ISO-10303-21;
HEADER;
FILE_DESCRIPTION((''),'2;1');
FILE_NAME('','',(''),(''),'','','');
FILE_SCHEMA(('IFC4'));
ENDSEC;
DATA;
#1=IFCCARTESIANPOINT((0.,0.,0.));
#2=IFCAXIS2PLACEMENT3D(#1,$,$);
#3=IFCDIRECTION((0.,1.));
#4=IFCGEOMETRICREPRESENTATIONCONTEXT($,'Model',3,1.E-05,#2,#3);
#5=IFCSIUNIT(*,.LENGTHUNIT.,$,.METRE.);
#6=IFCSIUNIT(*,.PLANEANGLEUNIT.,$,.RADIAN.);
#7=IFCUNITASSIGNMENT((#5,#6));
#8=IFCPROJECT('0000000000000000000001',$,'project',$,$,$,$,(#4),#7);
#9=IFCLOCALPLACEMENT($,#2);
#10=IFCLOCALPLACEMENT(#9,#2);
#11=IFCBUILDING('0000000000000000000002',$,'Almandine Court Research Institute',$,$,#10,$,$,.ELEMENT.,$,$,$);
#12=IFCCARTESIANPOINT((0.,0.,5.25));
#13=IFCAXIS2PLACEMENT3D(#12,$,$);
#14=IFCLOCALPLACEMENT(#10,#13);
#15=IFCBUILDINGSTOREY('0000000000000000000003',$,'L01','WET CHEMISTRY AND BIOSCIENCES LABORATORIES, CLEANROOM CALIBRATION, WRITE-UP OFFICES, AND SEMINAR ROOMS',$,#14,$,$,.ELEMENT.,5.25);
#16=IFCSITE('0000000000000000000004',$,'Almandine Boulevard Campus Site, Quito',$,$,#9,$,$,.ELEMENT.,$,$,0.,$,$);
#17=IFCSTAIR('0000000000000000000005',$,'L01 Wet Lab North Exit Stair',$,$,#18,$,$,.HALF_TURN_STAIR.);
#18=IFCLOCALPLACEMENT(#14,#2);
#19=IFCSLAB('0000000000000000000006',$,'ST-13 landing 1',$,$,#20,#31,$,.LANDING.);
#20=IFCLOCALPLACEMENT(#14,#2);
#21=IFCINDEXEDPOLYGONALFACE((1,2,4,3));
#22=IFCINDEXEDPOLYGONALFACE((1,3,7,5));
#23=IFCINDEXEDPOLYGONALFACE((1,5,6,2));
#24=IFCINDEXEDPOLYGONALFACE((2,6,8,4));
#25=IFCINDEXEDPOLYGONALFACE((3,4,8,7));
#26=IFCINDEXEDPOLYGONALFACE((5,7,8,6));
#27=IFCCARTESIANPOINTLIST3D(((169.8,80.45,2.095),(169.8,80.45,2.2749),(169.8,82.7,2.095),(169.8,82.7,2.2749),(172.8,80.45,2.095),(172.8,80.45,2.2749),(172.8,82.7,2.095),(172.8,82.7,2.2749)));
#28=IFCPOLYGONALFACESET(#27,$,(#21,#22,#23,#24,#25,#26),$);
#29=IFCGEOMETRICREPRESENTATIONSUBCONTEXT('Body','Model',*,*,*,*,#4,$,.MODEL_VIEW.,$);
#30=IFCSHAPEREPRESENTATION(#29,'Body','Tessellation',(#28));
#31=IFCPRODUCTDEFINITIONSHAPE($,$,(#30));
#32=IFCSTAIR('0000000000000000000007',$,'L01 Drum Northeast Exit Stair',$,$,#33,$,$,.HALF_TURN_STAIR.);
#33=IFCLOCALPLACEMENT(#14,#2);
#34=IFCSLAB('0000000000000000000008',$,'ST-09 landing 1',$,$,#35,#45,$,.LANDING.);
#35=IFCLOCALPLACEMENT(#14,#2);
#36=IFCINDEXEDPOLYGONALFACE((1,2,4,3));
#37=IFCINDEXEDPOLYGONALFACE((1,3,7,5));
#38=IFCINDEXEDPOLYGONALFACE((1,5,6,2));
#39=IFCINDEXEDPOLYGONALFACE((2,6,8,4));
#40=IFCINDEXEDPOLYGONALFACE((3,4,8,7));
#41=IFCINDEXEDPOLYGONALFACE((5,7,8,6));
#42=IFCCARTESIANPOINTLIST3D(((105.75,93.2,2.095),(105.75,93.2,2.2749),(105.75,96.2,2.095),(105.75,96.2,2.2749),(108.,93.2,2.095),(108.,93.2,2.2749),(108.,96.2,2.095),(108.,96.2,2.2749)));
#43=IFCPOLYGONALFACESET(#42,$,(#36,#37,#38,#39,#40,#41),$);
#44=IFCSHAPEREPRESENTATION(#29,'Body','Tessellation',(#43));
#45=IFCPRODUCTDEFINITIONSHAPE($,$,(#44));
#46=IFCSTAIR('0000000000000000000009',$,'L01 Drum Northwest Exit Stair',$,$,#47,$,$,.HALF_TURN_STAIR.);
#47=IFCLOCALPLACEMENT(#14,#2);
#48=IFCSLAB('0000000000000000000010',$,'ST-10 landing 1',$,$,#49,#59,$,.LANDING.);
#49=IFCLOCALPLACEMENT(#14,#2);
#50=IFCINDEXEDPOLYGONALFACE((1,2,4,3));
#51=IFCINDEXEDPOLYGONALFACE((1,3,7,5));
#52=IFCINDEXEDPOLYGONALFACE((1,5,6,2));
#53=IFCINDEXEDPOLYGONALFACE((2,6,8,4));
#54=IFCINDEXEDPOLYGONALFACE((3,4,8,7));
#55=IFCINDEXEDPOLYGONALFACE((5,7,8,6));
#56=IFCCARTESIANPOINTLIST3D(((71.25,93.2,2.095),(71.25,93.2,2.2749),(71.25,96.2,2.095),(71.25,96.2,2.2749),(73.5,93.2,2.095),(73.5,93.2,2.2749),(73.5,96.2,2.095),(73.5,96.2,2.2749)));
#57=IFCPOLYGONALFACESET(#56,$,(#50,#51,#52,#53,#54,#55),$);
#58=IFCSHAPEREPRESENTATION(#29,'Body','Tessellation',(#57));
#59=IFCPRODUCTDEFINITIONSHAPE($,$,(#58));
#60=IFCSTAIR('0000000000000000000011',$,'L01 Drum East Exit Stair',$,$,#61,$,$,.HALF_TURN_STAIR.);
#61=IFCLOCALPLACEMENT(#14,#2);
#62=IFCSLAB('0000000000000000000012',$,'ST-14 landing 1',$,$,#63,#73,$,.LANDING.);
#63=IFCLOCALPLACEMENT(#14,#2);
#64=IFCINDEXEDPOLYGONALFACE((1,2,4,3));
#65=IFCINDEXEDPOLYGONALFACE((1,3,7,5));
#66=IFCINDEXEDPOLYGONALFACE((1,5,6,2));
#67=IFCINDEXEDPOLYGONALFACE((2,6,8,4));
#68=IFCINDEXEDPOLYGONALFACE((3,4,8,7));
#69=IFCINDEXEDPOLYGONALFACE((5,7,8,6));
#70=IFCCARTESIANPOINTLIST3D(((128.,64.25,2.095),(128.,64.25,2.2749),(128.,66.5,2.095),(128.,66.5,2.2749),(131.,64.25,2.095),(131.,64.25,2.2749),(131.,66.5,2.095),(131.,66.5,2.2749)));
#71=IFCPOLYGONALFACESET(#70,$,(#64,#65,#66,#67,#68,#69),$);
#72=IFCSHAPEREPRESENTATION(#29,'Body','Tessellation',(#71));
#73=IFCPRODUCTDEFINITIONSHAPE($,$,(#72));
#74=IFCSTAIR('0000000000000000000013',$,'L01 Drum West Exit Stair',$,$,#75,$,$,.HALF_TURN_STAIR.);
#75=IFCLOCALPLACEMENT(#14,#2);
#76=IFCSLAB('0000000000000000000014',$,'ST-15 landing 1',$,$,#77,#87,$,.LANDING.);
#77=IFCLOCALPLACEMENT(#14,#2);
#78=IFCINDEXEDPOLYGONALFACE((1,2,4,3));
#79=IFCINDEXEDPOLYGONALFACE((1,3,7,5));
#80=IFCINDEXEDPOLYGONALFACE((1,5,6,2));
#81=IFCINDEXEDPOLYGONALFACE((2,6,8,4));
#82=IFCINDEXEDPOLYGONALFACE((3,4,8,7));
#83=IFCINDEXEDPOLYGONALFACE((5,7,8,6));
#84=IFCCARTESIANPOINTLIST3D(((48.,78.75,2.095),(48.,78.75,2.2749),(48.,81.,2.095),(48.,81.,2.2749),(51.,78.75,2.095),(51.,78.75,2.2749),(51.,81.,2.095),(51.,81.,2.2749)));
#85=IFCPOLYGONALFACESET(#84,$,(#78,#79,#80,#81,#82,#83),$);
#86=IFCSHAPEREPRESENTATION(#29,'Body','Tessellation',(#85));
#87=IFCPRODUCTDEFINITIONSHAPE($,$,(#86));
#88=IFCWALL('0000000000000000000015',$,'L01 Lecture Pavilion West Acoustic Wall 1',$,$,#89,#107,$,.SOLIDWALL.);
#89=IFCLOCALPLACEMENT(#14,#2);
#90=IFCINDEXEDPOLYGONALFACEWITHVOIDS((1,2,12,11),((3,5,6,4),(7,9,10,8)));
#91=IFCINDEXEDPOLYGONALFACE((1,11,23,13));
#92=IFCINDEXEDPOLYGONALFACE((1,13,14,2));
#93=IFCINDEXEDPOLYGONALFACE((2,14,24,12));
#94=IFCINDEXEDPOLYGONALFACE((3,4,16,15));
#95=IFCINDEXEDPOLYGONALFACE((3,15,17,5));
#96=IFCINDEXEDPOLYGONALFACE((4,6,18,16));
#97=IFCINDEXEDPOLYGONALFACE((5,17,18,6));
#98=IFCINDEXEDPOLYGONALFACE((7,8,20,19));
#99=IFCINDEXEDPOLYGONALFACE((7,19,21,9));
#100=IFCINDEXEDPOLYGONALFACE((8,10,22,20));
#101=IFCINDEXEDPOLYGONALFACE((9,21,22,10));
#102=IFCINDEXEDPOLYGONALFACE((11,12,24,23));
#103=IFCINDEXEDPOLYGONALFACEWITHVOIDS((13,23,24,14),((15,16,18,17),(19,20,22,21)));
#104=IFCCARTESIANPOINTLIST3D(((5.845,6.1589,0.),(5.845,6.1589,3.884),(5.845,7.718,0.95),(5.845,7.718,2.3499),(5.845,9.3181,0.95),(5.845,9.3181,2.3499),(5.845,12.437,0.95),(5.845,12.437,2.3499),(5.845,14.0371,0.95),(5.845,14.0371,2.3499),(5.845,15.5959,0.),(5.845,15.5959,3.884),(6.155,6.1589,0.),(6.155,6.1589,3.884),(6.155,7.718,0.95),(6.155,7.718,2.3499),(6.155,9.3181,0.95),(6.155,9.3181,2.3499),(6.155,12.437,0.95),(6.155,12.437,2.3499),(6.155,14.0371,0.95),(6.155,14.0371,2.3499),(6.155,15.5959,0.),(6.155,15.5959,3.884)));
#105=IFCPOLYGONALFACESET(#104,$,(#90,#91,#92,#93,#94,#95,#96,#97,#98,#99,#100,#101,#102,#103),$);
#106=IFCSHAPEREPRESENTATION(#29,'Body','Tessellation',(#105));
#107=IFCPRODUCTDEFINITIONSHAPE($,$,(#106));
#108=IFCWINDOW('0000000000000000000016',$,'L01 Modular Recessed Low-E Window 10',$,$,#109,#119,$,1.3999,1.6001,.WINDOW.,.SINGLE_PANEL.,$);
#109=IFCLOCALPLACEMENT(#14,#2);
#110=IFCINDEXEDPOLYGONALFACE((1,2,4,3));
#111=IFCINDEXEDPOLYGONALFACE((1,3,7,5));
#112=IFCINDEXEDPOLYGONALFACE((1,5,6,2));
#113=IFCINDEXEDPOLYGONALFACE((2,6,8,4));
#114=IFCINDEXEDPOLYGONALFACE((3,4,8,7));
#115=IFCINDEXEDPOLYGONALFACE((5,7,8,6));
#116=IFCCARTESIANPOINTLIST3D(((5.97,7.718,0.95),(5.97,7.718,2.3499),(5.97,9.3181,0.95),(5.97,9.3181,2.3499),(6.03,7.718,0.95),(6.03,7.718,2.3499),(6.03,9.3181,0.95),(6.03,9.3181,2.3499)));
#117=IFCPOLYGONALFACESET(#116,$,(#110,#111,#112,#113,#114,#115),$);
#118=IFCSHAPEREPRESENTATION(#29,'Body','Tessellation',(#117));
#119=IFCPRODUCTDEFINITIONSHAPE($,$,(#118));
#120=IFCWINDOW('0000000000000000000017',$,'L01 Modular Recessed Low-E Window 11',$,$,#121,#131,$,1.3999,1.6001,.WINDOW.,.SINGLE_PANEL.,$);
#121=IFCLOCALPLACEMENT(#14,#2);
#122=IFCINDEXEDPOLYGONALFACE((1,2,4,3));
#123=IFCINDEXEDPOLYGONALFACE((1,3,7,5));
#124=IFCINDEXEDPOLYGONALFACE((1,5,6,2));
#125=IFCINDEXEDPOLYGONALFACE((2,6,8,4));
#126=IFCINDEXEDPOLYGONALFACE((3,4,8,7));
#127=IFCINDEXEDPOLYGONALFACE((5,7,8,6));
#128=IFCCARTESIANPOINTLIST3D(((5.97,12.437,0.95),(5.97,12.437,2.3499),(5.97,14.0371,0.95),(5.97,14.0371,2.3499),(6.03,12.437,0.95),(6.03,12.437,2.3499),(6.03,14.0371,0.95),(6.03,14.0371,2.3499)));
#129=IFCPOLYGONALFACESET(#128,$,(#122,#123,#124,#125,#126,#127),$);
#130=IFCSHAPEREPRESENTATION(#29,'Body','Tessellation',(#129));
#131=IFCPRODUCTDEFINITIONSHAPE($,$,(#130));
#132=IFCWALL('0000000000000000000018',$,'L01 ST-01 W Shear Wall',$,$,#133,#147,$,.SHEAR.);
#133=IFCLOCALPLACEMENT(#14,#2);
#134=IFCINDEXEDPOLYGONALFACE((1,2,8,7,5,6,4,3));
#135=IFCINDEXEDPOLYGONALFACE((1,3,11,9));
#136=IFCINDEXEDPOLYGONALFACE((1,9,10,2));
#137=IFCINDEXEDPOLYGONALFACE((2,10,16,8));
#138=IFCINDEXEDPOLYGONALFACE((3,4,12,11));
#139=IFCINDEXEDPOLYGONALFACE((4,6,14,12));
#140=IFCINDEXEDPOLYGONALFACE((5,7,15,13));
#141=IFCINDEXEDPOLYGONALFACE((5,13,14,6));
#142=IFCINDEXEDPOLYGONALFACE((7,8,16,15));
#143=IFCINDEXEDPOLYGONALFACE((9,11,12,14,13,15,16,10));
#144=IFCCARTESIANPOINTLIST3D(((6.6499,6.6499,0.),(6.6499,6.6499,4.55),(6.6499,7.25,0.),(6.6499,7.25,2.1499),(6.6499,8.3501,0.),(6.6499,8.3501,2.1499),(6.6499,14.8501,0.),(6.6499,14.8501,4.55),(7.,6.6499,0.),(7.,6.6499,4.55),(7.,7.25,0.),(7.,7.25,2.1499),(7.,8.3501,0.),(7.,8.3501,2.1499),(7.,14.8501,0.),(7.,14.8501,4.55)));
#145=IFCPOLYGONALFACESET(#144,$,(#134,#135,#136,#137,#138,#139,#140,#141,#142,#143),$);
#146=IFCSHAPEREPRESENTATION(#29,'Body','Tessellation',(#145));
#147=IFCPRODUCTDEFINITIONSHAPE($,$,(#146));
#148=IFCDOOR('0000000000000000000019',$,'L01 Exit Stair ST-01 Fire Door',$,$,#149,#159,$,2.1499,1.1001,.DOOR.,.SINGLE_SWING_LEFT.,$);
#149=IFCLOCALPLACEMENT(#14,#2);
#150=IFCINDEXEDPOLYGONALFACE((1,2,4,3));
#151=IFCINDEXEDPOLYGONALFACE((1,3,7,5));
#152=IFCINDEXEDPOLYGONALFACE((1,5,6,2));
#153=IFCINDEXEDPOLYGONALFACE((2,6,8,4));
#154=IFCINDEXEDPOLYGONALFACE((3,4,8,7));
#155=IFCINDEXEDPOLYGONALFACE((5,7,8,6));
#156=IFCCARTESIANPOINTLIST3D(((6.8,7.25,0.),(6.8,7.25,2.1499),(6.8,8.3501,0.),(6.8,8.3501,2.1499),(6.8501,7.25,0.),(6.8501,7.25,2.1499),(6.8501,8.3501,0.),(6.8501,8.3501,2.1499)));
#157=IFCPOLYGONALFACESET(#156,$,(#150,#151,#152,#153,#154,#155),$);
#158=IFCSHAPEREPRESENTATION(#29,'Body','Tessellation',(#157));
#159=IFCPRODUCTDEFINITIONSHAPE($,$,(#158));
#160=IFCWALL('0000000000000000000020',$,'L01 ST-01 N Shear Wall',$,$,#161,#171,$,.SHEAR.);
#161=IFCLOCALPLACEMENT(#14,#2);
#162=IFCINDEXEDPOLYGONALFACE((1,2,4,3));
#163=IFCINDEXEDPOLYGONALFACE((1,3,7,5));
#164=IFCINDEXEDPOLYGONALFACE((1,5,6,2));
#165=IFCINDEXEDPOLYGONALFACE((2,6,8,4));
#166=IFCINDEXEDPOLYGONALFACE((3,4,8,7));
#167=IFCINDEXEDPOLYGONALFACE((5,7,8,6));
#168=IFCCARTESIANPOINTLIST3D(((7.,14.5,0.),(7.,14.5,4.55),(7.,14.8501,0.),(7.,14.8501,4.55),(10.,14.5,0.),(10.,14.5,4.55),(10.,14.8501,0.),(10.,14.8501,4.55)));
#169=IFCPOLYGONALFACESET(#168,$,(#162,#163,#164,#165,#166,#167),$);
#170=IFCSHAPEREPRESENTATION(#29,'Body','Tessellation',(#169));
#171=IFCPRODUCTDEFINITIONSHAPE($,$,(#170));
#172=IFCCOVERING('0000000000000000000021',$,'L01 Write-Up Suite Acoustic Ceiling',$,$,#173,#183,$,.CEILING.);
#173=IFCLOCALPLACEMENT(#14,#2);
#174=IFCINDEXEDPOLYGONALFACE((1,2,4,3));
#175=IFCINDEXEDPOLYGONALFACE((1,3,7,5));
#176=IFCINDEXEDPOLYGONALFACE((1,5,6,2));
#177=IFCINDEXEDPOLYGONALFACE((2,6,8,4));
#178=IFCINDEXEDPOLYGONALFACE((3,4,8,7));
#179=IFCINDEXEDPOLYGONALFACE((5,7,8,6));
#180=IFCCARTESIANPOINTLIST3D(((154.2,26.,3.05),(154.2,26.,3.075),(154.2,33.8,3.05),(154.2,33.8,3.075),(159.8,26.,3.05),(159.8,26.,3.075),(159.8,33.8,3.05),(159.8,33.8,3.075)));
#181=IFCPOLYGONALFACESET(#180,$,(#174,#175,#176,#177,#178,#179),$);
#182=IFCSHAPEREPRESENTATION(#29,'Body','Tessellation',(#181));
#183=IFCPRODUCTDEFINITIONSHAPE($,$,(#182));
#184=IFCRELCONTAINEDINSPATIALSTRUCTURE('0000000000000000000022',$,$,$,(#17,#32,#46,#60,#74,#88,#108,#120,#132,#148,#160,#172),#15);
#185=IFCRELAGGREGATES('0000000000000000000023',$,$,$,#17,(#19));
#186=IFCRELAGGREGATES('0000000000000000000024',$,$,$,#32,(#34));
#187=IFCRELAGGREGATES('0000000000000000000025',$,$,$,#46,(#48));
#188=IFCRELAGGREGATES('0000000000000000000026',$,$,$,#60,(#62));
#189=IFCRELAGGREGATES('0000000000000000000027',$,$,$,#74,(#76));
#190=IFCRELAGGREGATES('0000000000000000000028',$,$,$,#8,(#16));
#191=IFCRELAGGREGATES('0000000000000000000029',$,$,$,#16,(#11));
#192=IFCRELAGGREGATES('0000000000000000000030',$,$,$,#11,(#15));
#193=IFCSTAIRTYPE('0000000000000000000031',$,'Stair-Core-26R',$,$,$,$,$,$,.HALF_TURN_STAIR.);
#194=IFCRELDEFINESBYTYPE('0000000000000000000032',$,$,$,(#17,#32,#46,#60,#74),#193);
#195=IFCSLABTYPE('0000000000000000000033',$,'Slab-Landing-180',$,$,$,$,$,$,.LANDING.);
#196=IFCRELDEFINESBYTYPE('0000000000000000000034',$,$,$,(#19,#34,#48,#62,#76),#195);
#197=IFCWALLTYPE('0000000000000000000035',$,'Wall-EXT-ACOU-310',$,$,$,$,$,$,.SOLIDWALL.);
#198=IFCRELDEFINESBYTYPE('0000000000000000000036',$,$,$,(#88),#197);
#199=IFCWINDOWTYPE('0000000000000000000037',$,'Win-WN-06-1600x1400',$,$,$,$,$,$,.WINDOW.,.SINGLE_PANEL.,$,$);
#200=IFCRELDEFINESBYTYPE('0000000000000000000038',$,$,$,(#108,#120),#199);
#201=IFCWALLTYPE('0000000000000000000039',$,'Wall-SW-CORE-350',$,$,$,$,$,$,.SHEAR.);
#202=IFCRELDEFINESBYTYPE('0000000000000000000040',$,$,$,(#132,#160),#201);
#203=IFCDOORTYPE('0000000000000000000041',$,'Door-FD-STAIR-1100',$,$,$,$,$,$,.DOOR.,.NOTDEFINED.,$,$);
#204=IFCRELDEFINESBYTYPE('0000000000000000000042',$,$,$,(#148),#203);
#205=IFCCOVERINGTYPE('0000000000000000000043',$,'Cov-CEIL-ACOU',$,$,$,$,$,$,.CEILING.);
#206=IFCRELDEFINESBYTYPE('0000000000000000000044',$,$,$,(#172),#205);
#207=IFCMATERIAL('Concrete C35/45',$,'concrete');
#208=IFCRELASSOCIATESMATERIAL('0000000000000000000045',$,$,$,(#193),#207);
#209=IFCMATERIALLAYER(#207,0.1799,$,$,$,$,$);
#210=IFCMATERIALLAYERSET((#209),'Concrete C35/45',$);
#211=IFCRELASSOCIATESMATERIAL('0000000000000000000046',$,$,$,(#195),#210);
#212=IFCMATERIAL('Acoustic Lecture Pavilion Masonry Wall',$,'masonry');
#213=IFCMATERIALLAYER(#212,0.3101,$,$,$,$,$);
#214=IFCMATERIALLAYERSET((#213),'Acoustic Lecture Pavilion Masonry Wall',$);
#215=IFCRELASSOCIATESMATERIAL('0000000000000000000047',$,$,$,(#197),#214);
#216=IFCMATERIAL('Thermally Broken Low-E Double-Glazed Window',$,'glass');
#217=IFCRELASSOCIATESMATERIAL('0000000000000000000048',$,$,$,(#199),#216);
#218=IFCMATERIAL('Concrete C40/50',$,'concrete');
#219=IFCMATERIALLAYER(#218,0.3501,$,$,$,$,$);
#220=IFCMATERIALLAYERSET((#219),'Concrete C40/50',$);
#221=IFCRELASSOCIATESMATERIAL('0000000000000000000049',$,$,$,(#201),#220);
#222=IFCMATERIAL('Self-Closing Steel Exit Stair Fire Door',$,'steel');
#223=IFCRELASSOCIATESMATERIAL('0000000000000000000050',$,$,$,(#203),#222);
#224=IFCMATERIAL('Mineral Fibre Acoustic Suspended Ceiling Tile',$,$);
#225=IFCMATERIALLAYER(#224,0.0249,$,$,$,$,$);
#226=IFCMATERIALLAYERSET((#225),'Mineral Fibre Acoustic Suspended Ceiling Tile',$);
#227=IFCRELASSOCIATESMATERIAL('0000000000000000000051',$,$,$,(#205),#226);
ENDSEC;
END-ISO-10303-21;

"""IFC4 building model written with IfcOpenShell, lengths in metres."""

from ifc_helpers import new_model, si_unit, direction, frame, frame_2d, origin, place, context, subcontext, project, spatial, polyline, rectangle, outline, extrude, material, layer, layer_set, type_object, element, fill, aggregate, save


model = new_model("IFC4")

# Units and contexts
model_context = context("Model", 3, precision=1e-05, world=origin(), true_north=direction((0.0, 1.0)))
body_context = subcontext(model_context, "Body", "Model", "MODEL_VIEW")
ifc_project = project(units=[si_unit("LENGTHUNIT", "METRE"), si_unit("PLANEANGLEUNIT", "RADIAN")], contexts=[model_context])

# Site, building, storey
site_placement = place(None, origin())
site = spatial("IfcSite", under=ifc_project, at=site_placement, Name="Almandine Boulevard Campus Site, Quito", CompositionType="ELEMENT", RefElevation=0.0)
building_placement = place(site_placement, origin())
building = spatial("IfcBuilding", under=site, at=building_placement, Name="Almandine Court Research Institute", CompositionType="ELEMENT")
storey_placement = place(building_placement, frame((0.0, 0.0, 5.25)))
storey = spatial("IfcBuildingStorey", under=building, at=storey_placement, Name="L01", Description="WET CHEMISTRY AND BIOSCIENCES LABORATORIES, CLEANROOM CALIBRATION, WRITE-UP OFFICES, AND SEMINAR ROOMS", CompositionType="ELEMENT", Elevation=5.25)

# Stairs, slabs
ifc_material_1 = material(Name="Concrete C35/45", Category="concrete")
stair_type = type_object("IfcStairType", Name="Stair-Core-26R", PredefinedType="HALF_TURN_STAIR", material=ifc_material_1)
ifc_layer_1 = layer(ifc_material_1, 0.1799)
ifc_layer_set_1 = layer_set([ifc_layer_1], Name="Concrete C35/45")
slab_type = type_object("IfcSlabType", Name="Slab-Landing-180", PredefinedType="LANDING", material=ifc_layer_set_1)
stair_1_placement = place(storey_placement, origin())
stair_1 = element("IfcStair", 1, at=stair_1_placement, inside=storey, type_object=stair_type, Name="L01 Wet Lab North Exit Stair", PredefinedType="HALF_TURN_STAIR")
slab_1_placement = place(storey_placement, frame((0.0, 0.0, 2.095)))
slab_1 = element("IfcSlab", 2, at=slab_1_placement, type_object=slab_type, Name="ST-13 landing 1", PredefinedType="LANDING", context=body_context, shape_type="SweptSolid", body=[
    extrude(outline(polyline([(172.8, 80.45), (172.8, 82.7), (169.8, 82.7), (169.8, 80.45), (172.8, 80.45)])), origin(), (0.0, 0.0, 1.0), 0.1799),
])
aggregate(stair_1, [slab_1])
stair_2_placement = place(storey_placement, origin())
stair_2 = element("IfcStair", 3, at=stair_2_placement, inside=storey, type_object=stair_type, Name="L01 Drum Northeast Exit Stair", PredefinedType="HALF_TURN_STAIR")
slab_2_placement = place(storey_placement, frame((0.0, 0.0, 2.095)))
slab_2 = element("IfcSlab", 4, at=slab_2_placement, type_object=slab_type, Name="ST-09 landing 1", PredefinedType="LANDING", context=body_context, shape_type="SweptSolid", body=[
    extrude(outline(polyline([(105.75, 93.2), (108.0, 93.2), (108.0, 96.2), (105.75, 96.2), (105.75, 93.2)])), origin(), (0.0, 0.0, 1.0), 0.1799),
])
aggregate(stair_2, [slab_2])
stair_3_placement = place(storey_placement, origin())
stair_3 = element("IfcStair", 5, at=stair_3_placement, inside=storey, type_object=stair_type, Name="L01 Drum Northwest Exit Stair", PredefinedType="HALF_TURN_STAIR")
slab_3_placement = place(storey_placement, frame((0.0, 0.0, 2.095)))
slab_3 = element("IfcSlab", 6, at=slab_3_placement, type_object=slab_type, Name="ST-10 landing 1", PredefinedType="LANDING", context=body_context, shape_type="SweptSolid", body=[
    extrude(outline(polyline([(71.25, 93.2), (73.5, 93.2), (73.5, 96.2), (71.25, 96.2), (71.25, 93.2)])), origin(), (0.0, 0.0, 1.0), 0.1799),
])
aggregate(stair_3, [slab_3])
stair_4_placement = place(storey_placement, origin())
stair_4 = element("IfcStair", 7, at=stair_4_placement, inside=storey, type_object=stair_type, Name="L01 Drum East Exit Stair", PredefinedType="HALF_TURN_STAIR")
slab_4_placement = place(storey_placement, frame((0.0, 0.0, 2.095)))
slab_4 = element("IfcSlab", 8, at=slab_4_placement, type_object=slab_type, Name="ST-14 landing 1", PredefinedType="LANDING", context=body_context, shape_type="SweptSolid", body=[
    extrude(outline(polyline([(131.0, 64.25), (131.0, 66.5), (128.0, 66.5), (128.0, 64.25), (131.0, 64.25)])), origin(), (0.0, 0.0, 1.0), 0.1799),
])
aggregate(stair_4, [slab_4])
stair_5_placement = place(storey_placement, origin())
stair_5 = element("IfcStair", 9, at=stair_5_placement, inside=storey, type_object=stair_type, Name="L01 Drum West Exit Stair", PredefinedType="HALF_TURN_STAIR")
slab_5_placement = place(storey_placement, frame((0.0, 0.0, 2.095)))
slab_5 = element("IfcSlab", 10, at=slab_5_placement, type_object=slab_type, Name="ST-15 landing 1", PredefinedType="LANDING", context=body_context, shape_type="SweptSolid", body=[
    extrude(outline(polyline([(51.0, 78.75), (51.0, 81.0), (48.0, 81.0), (48.0, 78.75), (51.0, 78.75)])), origin(), (0.0, 0.0, 1.0), 0.1799),
])
aggregate(stair_5, [slab_5])

# Wall, openings, windows
ifc_material_2 = material(Name="Acoustic Lecture Pavilion Masonry Wall", Category="masonry")
ifc_layer_2 = layer(ifc_material_2, 0.3101)
ifc_layer_set_2 = layer_set([ifc_layer_2], Name="Acoustic Lecture Pavilion Masonry Wall")
wall_type_1 = type_object("IfcWallType", Name="Wall-EXT-ACOU-310", PredefinedType="SOLIDWALL", material=ifc_layer_set_2)
wall_1_placement = place(storey_placement, frame((6.0, 6.1589, 0.0), z_axis=(0.0, 0.0, 1.0), x_axis=(0.0, 1.0, 0.0)))
wall_1 = element("IfcWall", 11, at=wall_1_placement, inside=storey, type_object=wall_type_1, Name="L01 Lecture Pavilion West Acoustic Wall 1", PredefinedType="SOLIDWALL", context=body_context, shape_type="SweptSolid", body=[
    extrude(rectangle(XDim=9.437, YDim=0.3101, at=frame_2d((4.7185, 0.0))), origin(), (0.0, 0.0, 1.0), 3.884),
])
opening_1_placement = place(wall_1_placement, frame((1.5591, 0.0, 0.95)))
opening_1 = element("IfcOpeningElement", 12, at=opening_1_placement, cuts=wall_1, PredefinedType="OPENING", context=body_context, shape_type="SweptSolid", body=[
    extrude(rectangle(XDim=1.6001, YDim=1.3999, at=frame_2d((0.8, 0.7))), frame((0.0, 0.165, 0.0), z_axis=(0.0, -1.0, 0.0), x_axis=(1.0, 0.0, 0.0)), (0.0, 0.0, 1.0), 0.3301),
])
opening_2_placement = place(wall_1_placement, frame((6.2781, 0.0, 0.95)))
opening_2 = element("IfcOpeningElement", 13, at=opening_2_placement, cuts=wall_1, PredefinedType="OPENING", context=body_context, shape_type="SweptSolid", body=[
    extrude(rectangle(XDim=1.6001, YDim=1.3999, at=frame_2d((0.8, 0.7))), frame((0.0, 0.165, 0.0), z_axis=(0.0, -1.0, 0.0), x_axis=(1.0, 0.0, 0.0)), (0.0, 0.0, 1.0), 0.3301),
])
ifc_material_3 = material(Name="Thermally Broken Low-E Double-Glazed Window", Category="glass")
window_type = type_object("IfcWindowType", Name="Win-WN-06-1600x1400", PartitioningType="SINGLE_PANEL", PredefinedType="WINDOW", material=ifc_material_3)
window_1_placement = place(opening_1_placement, origin())
window_1 = element("IfcWindow", 14, at=window_1_placement, inside=storey, type_object=window_type, Name="L01 Modular Recessed Low-E Window 10", OverallHeight=1.3999, OverallWidth=1.6001, PartitioningType="SINGLE_PANEL", PredefinedType="WINDOW", context=body_context, shape_type="SweptSolid", body=[
    extrude(rectangle(XDim=1.6001, YDim=1.3999, at=frame_2d((0.8, 0.7))), frame((0.0, 0.03, 0.0), z_axis=(0.0, -1.0, 0.0), x_axis=(1.0, 0.0, 0.0)), (0.0, 0.0, 1.0), 0.0601),
])
fill(opening_1, window_1)
window_2_placement = place(opening_2_placement, origin())
window_2 = element("IfcWindow", 15, at=window_2_placement, inside=storey, type_object=window_type, Name="L01 Modular Recessed Low-E Window 11", OverallHeight=1.3999, OverallWidth=1.6001, PartitioningType="SINGLE_PANEL", PredefinedType="WINDOW", context=body_context, shape_type="SweptSolid", body=[
    extrude(rectangle(XDim=1.6001, YDim=1.3999, at=frame_2d((0.8, 0.7))), frame((0.0, 0.03, 0.0), z_axis=(0.0, -1.0, 0.0), x_axis=(1.0, 0.0, 0.0)), (0.0, 0.0, 1.0), 0.0601),
])
fill(opening_2, window_2)

# Wall, opening, door
ifc_material_4 = material(Name="Concrete C40/50", Category="concrete")
ifc_layer_3 = layer(ifc_material_4, 0.3501)
ifc_layer_set_3 = layer_set([ifc_layer_3], Name="Concrete C40/50")
wall_type_2 = type_object("IfcWallType", Name="Wall-SW-CORE-350", PredefinedType="SHEAR", material=ifc_layer_set_3)
wall_2_placement = place(storey_placement, frame((6.825, 6.6499, 0.0), z_axis=(0.0, 0.0, 1.0), x_axis=(0.0, 1.0, 0.0)))
wall_2 = element("IfcWall", 16, at=wall_2_placement, inside=storey, type_object=wall_type_2, Name="L01 ST-01 W Shear Wall", PredefinedType="SHEAR", context=body_context, shape_type="SweptSolid", body=[
    extrude(rectangle(XDim=8.2002, YDim=0.3501, at=frame_2d((4.1001, 0.0))), origin(), (0.0, 0.0, 1.0), 4.55),
])
opening_3_placement = place(wall_2_placement, frame((0.6001, 0.0, 0.0)))
opening_3 = element("IfcOpeningElement", 17, at=opening_3_placement, cuts=wall_2, PredefinedType="OPENING", context=body_context, shape_type="SweptSolid", body=[
    extrude(rectangle(XDim=1.1001, YDim=2.1499, at=frame_2d((0.55, 1.075))), frame((0.0, 0.1851, 0.0), z_axis=(0.0, -1.0, 0.0), x_axis=(1.0, 0.0, 0.0)), (0.0, 0.0, 1.0), 0.3701),
])
ifc_material_5 = material(Name="Self-Closing Steel Exit Stair Fire Door", Category="steel")
door_type = type_object("IfcDoorType", Name="Door-FD-STAIR-1100", OperationType="NOTDEFINED", PredefinedType="DOOR", material=ifc_material_5)
door_placement = place(opening_3_placement, origin())
door = element("IfcDoor", 18, at=door_placement, inside=storey, type_object=door_type, Name="L01 Exit Stair ST-01 Fire Door", OperationType="SINGLE_SWING_LEFT", OverallHeight=2.1499, OverallWidth=1.1001, PredefinedType="DOOR", context=body_context, shape_type="SweptSolid", body=[
    extrude(rectangle(XDim=1.1001, YDim=2.1499, at=frame_2d((0.55, 1.075))), frame((0.0, 0.0249, 0.0), z_axis=(0.0, -1.0, 0.0), x_axis=(1.0, 0.0, 0.0)), (0.0, 0.0, 1.0), 0.05),
])
fill(opening_3, door)

# Wall
wall_3_placement = place(storey_placement, frame((7.0, 14.675, 0.0), z_axis=(0.0, 0.0, 1.0), x_axis=(1.0, 0.0, 0.0)))
element("IfcWall", 19, at=wall_3_placement, inside=storey, type_object=wall_type_2, Name="L01 ST-01 N Shear Wall", PredefinedType="SHEAR", context=body_context, shape_type="SweptSolid", body=[
    extrude(rectangle(XDim=3.0, YDim=0.3501, at=frame_2d((1.5, 0.0))), origin(), (0.0, 0.0, 1.0), 4.55),
])

# Covering
ifc_material_6 = material(Name="Mineral Fibre Acoustic Suspended Ceiling Tile")
ifc_layer_4 = layer(ifc_material_6, 0.0249)
ifc_layer_set_4 = layer_set([ifc_layer_4], Name="Mineral Fibre Acoustic Suspended Ceiling Tile")
covering_type_1 = type_object("IfcCoveringType", Name="Cov-CEIL-ACOU", PredefinedType="CEILING", material=ifc_layer_set_4)
covering_1_placement = place(storey_placement, frame((0.0, 0.0, 3.05)))
element("IfcCovering", 20, at=covering_1_placement, inside=storey, type_object=covering_type_1, Name="L01 Write-Up Suite Acoustic Ceiling", PredefinedType="CEILING", context=body_context, shape_type="SweptSolid", body=[
    extrude(outline(polyline([(154.2, 26.0), (159.8, 26.0), (159.8, 33.8), (154.2, 33.8), (154.2, 26.0)])), origin(), (0.0, 0.0, 1.0), 0.0249),
])

save(model, "model.ifc")
